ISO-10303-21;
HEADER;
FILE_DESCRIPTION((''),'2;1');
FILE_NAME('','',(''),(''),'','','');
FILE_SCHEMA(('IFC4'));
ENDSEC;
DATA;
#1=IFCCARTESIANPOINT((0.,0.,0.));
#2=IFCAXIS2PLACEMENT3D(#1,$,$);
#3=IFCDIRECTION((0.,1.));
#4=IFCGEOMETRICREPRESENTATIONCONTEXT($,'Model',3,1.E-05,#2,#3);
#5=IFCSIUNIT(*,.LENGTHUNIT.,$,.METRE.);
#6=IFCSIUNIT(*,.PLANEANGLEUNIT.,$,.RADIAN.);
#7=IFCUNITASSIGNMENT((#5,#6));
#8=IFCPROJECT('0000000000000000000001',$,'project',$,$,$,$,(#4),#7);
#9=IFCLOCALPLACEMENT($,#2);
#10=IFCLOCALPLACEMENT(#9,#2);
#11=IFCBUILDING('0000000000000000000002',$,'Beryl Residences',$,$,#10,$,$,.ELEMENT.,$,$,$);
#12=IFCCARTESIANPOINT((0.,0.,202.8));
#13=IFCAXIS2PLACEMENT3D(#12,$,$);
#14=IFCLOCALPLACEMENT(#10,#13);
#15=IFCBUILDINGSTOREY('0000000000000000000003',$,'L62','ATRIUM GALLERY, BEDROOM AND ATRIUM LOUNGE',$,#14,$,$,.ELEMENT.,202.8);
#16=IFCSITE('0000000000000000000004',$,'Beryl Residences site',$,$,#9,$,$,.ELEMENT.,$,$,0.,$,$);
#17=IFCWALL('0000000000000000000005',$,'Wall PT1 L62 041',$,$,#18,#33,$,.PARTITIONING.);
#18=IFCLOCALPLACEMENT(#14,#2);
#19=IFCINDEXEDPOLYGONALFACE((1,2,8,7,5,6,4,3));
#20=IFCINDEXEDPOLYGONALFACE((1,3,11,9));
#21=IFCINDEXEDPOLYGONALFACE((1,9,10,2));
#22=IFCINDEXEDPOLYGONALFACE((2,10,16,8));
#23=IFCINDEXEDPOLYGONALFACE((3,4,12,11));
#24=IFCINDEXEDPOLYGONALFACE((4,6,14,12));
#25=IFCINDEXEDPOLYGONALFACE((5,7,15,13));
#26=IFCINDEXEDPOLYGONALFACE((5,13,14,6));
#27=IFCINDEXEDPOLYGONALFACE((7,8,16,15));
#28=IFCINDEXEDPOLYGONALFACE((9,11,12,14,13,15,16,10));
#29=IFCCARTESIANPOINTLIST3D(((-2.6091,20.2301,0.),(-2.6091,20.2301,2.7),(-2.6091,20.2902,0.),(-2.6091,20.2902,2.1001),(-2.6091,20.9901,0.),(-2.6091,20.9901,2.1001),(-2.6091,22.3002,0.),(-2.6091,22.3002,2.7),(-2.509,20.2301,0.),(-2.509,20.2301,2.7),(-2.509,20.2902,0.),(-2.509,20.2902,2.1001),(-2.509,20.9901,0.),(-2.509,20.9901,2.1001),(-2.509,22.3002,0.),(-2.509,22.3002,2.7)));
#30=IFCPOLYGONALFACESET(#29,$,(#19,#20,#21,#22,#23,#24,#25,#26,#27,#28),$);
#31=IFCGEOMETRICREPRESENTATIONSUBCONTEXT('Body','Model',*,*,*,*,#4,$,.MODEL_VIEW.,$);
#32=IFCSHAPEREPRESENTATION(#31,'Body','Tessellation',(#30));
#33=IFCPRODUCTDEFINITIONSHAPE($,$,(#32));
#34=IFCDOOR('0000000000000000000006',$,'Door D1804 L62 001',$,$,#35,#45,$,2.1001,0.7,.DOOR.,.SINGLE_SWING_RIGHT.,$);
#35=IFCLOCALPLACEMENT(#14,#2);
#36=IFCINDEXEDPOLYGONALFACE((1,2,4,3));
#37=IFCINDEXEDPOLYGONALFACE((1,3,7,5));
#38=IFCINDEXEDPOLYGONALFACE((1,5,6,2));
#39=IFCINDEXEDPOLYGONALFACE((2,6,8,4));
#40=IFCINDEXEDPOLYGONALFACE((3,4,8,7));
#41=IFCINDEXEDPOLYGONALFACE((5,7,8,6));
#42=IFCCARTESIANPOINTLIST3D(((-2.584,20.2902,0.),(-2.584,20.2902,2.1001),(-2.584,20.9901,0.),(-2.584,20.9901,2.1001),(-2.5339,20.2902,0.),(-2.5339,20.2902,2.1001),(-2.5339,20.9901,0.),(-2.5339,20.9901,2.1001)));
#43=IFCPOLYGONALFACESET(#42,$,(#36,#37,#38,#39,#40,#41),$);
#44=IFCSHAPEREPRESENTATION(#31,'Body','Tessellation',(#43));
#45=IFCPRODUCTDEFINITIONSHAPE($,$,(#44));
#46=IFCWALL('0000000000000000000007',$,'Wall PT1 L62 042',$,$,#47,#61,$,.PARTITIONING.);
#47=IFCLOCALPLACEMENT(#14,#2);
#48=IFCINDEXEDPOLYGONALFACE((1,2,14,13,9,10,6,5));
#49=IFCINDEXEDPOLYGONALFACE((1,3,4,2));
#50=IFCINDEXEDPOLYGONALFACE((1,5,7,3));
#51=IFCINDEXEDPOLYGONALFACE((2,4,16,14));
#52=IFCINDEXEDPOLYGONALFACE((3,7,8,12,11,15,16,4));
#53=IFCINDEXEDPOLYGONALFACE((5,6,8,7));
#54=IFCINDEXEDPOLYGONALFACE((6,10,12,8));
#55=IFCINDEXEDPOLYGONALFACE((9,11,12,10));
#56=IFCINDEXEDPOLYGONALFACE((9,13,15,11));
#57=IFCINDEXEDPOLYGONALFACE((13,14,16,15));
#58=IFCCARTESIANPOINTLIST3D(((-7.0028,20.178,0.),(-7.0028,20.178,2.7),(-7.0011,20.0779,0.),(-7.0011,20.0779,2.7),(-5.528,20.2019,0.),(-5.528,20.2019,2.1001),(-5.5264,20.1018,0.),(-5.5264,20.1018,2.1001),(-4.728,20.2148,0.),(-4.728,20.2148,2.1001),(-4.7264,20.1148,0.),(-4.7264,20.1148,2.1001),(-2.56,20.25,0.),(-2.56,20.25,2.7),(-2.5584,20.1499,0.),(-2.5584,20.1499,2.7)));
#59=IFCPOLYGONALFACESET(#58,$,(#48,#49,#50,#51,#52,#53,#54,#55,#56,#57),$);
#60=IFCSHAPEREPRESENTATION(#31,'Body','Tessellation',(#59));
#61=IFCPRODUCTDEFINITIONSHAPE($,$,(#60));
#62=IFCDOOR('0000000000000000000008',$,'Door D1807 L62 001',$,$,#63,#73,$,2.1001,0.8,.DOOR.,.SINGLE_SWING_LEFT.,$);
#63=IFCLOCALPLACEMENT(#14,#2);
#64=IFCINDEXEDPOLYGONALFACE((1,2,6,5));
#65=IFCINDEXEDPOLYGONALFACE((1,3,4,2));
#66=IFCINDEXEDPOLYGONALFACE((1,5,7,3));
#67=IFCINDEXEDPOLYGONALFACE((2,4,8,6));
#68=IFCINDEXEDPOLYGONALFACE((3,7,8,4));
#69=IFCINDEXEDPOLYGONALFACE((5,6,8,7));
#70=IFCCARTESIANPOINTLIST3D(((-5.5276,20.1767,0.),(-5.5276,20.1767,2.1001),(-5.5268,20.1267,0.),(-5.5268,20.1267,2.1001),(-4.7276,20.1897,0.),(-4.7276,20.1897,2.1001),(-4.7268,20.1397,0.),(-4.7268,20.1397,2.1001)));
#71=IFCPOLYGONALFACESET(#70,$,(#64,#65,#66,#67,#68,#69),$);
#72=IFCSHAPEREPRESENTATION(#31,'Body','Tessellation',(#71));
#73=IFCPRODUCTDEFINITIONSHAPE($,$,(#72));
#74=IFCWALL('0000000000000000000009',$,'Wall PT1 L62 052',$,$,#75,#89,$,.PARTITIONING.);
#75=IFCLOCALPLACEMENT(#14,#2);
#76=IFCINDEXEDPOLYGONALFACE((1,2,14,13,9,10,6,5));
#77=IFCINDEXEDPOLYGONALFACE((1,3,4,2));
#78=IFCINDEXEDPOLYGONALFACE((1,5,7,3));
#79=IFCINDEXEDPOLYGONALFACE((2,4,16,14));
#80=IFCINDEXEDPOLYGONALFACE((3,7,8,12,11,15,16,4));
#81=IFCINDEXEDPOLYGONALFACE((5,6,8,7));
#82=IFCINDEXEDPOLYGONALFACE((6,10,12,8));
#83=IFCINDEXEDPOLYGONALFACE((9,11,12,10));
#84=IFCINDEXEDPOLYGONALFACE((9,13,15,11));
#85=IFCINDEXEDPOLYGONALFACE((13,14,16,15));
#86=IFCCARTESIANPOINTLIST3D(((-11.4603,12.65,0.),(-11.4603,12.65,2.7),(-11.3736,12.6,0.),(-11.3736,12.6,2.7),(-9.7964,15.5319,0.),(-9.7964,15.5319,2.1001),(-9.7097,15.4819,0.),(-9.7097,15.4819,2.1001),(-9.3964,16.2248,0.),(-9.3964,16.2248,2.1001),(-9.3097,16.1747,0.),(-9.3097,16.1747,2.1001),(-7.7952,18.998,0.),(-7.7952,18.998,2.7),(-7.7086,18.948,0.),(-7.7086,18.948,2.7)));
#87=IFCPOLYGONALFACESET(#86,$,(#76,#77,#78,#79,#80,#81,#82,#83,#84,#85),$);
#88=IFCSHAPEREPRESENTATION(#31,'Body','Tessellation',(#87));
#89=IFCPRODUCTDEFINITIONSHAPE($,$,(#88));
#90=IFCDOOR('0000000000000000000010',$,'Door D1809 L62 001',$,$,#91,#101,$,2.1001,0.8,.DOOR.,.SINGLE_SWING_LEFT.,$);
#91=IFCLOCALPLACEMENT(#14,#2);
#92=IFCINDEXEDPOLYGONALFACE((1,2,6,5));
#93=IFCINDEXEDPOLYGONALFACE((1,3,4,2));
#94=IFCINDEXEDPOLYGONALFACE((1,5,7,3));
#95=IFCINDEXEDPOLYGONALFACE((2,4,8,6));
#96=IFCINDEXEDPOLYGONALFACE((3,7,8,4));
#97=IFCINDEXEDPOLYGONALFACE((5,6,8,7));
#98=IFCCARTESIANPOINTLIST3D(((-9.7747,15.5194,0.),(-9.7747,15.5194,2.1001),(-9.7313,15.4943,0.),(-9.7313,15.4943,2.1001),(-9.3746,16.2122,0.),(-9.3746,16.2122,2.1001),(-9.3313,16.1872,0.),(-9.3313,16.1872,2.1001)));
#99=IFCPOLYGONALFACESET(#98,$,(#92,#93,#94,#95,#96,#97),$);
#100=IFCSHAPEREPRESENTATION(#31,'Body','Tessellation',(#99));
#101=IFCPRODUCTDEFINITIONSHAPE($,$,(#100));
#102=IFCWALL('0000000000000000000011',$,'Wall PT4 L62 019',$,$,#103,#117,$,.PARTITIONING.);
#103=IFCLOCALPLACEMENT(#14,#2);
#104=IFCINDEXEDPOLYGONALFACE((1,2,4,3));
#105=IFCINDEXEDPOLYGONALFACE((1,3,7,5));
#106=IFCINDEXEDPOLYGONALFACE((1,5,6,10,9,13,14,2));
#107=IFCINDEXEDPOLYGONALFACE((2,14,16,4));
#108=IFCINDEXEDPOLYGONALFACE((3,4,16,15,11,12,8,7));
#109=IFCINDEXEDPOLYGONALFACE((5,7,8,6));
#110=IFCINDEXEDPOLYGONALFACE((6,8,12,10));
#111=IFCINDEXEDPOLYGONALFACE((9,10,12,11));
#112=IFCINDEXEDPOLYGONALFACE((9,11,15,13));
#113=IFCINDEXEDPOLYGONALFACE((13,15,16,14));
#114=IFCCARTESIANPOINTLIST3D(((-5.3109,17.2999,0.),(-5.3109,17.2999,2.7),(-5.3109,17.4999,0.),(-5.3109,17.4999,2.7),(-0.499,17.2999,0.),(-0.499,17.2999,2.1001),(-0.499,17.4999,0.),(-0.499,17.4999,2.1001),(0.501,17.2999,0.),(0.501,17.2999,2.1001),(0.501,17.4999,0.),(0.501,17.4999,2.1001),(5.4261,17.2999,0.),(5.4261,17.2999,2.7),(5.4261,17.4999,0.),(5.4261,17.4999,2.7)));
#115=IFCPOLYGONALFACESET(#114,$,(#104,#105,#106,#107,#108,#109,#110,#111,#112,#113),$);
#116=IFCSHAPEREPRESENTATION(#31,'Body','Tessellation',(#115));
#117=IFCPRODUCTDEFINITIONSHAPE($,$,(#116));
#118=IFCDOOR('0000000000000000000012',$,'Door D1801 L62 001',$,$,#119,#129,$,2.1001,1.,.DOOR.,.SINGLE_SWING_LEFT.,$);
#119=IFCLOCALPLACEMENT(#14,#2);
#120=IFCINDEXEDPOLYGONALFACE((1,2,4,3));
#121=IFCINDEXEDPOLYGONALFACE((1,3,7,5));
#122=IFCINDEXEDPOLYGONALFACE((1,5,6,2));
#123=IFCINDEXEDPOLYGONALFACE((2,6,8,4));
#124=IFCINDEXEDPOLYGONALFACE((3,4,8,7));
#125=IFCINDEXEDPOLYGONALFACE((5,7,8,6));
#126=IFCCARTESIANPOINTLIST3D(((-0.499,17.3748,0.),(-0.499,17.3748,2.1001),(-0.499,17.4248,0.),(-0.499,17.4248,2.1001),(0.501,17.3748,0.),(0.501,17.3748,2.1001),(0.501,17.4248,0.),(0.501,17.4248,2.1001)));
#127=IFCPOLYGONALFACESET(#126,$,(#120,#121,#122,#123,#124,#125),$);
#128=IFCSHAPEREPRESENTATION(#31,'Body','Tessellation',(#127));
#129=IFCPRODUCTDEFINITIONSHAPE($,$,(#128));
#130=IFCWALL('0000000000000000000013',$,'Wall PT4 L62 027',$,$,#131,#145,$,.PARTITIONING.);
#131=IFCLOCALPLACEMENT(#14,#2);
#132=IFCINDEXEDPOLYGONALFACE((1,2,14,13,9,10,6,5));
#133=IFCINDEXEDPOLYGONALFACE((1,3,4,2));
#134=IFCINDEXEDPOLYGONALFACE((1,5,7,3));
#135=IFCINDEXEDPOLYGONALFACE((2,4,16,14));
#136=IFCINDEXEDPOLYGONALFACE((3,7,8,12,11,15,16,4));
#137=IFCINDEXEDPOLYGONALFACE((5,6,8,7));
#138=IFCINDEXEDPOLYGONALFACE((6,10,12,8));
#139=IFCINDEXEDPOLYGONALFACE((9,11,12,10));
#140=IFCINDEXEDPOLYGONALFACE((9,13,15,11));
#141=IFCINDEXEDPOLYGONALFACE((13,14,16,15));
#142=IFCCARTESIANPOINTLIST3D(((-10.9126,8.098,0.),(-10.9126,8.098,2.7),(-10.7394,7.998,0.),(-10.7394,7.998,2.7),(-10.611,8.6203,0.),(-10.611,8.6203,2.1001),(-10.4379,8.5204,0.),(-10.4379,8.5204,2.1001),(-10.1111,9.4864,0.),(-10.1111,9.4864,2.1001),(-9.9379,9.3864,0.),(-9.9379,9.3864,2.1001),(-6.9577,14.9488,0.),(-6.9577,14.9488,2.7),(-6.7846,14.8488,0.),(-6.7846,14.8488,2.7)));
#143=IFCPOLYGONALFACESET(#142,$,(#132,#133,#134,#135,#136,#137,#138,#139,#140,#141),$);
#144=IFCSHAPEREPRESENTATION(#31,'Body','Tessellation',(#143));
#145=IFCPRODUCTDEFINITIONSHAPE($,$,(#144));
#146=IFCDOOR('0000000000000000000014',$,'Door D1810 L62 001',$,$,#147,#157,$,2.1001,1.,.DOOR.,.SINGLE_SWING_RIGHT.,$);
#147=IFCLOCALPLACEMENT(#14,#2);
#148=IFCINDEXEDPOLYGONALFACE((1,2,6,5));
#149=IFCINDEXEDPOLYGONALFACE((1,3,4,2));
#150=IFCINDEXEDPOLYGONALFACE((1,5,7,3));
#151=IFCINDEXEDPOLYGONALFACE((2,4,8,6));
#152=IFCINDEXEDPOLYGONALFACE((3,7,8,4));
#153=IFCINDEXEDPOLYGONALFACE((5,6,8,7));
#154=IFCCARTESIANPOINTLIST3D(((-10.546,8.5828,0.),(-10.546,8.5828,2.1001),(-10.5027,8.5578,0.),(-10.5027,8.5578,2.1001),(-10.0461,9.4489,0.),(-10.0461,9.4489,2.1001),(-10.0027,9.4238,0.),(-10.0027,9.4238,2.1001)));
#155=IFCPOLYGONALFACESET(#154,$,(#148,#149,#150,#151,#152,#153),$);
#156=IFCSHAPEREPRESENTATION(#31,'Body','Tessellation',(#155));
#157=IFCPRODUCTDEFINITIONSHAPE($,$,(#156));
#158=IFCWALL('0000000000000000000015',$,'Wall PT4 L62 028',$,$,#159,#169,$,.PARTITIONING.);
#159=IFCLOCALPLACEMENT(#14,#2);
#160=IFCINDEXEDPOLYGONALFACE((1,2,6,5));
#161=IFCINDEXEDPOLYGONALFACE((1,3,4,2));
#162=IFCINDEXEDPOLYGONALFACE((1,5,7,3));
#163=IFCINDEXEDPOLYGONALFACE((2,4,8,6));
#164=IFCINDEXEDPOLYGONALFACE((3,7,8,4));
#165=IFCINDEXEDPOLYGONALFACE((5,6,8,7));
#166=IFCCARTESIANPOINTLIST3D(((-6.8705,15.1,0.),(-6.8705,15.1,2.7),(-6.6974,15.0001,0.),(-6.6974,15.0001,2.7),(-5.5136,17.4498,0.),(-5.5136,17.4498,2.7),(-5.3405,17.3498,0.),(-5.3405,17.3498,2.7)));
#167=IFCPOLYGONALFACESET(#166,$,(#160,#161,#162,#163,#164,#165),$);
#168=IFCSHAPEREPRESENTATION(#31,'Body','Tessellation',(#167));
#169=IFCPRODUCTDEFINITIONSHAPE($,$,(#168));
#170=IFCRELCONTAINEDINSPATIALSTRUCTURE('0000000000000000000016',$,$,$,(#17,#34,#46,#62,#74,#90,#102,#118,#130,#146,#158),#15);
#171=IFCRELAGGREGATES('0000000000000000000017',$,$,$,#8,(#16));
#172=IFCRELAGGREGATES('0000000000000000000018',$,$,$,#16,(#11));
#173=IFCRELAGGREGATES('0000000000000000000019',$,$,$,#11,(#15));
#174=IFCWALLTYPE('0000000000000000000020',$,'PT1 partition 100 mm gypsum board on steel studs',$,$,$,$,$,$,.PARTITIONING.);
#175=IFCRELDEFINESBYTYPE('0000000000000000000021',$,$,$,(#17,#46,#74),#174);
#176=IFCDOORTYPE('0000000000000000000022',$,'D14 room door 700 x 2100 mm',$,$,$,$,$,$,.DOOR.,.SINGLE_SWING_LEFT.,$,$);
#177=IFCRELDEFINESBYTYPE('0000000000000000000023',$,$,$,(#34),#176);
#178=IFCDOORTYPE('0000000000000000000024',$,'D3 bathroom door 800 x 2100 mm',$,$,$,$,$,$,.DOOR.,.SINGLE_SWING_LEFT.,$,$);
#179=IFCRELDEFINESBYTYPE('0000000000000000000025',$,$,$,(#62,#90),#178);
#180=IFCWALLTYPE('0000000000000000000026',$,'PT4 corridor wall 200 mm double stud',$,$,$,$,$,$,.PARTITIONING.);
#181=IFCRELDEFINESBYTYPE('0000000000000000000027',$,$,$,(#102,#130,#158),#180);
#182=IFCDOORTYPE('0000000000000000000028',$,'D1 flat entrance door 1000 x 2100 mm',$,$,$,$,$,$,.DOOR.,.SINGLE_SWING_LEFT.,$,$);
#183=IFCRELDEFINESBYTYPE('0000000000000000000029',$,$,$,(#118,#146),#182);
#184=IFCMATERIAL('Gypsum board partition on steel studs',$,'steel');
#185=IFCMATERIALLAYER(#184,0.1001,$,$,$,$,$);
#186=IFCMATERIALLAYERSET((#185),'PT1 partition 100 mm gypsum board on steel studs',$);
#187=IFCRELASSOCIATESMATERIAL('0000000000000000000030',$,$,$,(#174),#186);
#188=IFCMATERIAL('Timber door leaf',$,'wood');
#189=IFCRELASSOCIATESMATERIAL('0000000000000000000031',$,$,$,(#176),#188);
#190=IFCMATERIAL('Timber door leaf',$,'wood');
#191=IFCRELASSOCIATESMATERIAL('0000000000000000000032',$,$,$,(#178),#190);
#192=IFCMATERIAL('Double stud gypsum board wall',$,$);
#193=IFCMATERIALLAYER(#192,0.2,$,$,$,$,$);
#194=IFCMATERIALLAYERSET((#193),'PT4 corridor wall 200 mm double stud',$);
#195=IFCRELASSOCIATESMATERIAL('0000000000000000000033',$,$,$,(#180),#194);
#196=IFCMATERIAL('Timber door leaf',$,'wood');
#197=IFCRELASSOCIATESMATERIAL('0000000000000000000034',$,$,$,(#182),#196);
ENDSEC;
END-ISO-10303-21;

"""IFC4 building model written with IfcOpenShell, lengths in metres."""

from ifc_helpers import new_model, si_unit, direction, frame, frame_2d, origin, place, context, subcontext, project, spatial, rectangle, extrude, material, layer, layer_set, type_object, element, fill, save


model = new_model("IFC4")

# Units and contexts
model_context = context("Model", 3, precision=1e-05, world=origin(), true_north=direction((0.0, 1.0)))
body_context = subcontext(model_context, "Body", "Model", "MODEL_VIEW")
ifc_project = project(units=[si_unit("LENGTHUNIT", "METRE"), si_unit("PLANEANGLEUNIT", "RADIAN")], contexts=[model_context])

# Site, building, storey
site_placement = place(None, origin())
site = spatial("IfcSite", under=ifc_project, at=site_placement, Name="Beryl Residences site", CompositionType="ELEMENT", RefElevation=0.0)
building_placement = place(site_placement, origin())
building = spatial("IfcBuilding", under=site, at=building_placement, Name="Beryl Residences", CompositionType="ELEMENT")
storey_placement = place(building_placement, frame((0.0, 0.0, 202.8)))
storey = spatial("IfcBuildingStorey", under=building, at=storey_placement, Name="L62", Description="ATRIUM GALLERY, BEDROOM AND ATRIUM LOUNGE", CompositionType="ELEMENT", Elevation=202.8)

# Shared definitions
ifc_material_1 = material(Name="Gypsum board partition on steel studs", Category="steel")
ifc_layer_1 = layer(ifc_material_1, 0.1001)
ifc_layer_set_1 = layer_set([ifc_layer_1], Name="PT1 partition 100 mm gypsum board on steel studs")
wall_type_1 = type_object("IfcWallType", Name="PT1 partition 100 mm gypsum board on steel studs", PredefinedType="PARTITIONING", material=ifc_layer_set_1)

# Walls, openings, doors
wall_1_placement = place(storey_placement, frame((-2.5591, 20.23, 0.0), z_axis=(0.0, 0.0, 1.0), x_axis=(0.0, 1.0, 0.0)))
wall_1 = element("IfcWall", 1, at=wall_1_placement, inside=storey, type_object=wall_type_1, Name="Wall PT1 L62 041", PredefinedType="PARTITIONING", context=body_context, shape_type="SweptSolid", body=[
    extrude(rectangle(XDim=2.0701, YDim=0.1001, at=frame_2d((1.0352, 0.0))), origin(), (0.0, 0.0, 1.0), 2.7),
])
opening_1_placement = place(wall_1_placement, frame((0.0601, 0.0, 0.0)))
opening_1 = element("IfcOpeningElement", 2, at=opening_1_placement, cuts=wall_1, PredefinedType="OPENING", context=body_context, shape_type="SweptSolid", body=[
    extrude(rectangle(XDim=0.7, YDim=2.1001, at=frame_2d((0.3501, 1.05))), frame((0.0, 0.0601, 0.0), z_axis=(0.0, -1.0, 0.0), x_axis=(1.0, 0.0, 0.0)), (0.0, 0.0, 1.0), 0.1201),
])
ifc_material_2 = material(Name="Timber door leaf", Category="wood")
door_type_1 = type_object("IfcDoorType", Name="D14 room door 700 x 2100 mm", OperationType="SINGLE_SWING_LEFT", PredefinedType="DOOR", material=ifc_material_2)
door_1_placement = place(opening_1_placement, origin())
door_1 = element("IfcDoor", 3, at=door_1_placement, inside=storey, type_object=door_type_1, Name="Door D1804 L62 001", OperationType="SINGLE_SWING_RIGHT", OverallHeight=2.1001, OverallWidth=0.7, PredefinedType="DOOR", context=body_context, shape_type="SweptSolid", body=[
    extrude(rectangle(XDim=0.7, YDim=2.1001, at=frame_2d((0.3501, 1.05))), frame((0.0, 0.0249, 0.0), z_axis=(0.0, -1.0, 0.0), x_axis=(1.0, 0.0, 0.0)), (0.0, 0.0, 1.0), 0.05),
])
fill(opening_1, door_1)
wall_2_placement = place(storey_placement, frame((-7.002, 20.1279, 0.0), z_axis=(0.0, 0.0, 1.0), x_axis=(0.999869, 0.016208, 0.0)))
wall_2 = element("IfcWall", 4, at=wall_2_placement, inside=storey, type_object=wall_type_1, Name="Wall PT1 L62 042", PredefinedType="PARTITIONING", context=body_context, shape_type="SweptSolid", body=[
    extrude(rectangle(XDim=4.4434, YDim=0.1001, at=frame_2d((2.2217, 0.0))), origin(), (0.0, 0.0, 1.0), 2.7),
])
opening_2_placement = place(wall_2_placement, frame((1.4751, 0.0, 0.0)))
opening_2 = element("IfcOpeningElement", 5, at=opening_2_placement, cuts=wall_2, PredefinedType="OPENING", context=body_context, shape_type="SweptSolid", body=[
    extrude(rectangle(XDim=0.8, YDim=2.1001, at=frame_2d((0.3999, 1.05))), frame((0.0, 0.0601, 0.0), z_axis=(0.0, -1.0, 0.0), x_axis=(1.0, 0.0, 0.0)), (0.0, 0.0, 1.0), 0.1201),
])
ifc_material_3 = material(Name="Timber door leaf", Category="wood")
door_type_2 = type_object("IfcDoorType", Name="D3 bathroom door 800 x 2100 mm", OperationType="SINGLE_SWING_LEFT", PredefinedType="DOOR", material=ifc_material_3)
door_2_placement = place(opening_2_placement, origin())
door_2 = element("IfcDoor", 6, at=door_2_placement, inside=storey, type_object=door_type_2, Name="Door D1807 L62 001", OperationType="SINGLE_SWING_LEFT", OverallHeight=2.1001, OverallWidth=0.8, PredefinedType="DOOR", context=body_context, shape_type="SweptSolid", body=[
    extrude(rectangle(XDim=0.8, YDim=2.1001, at=frame_2d((0.3999, 1.05))), frame((0.0, 0.0249, 0.0), z_axis=(0.0, -1.0, 0.0), x_axis=(1.0, 0.0, 0.0)), (0.0, 0.0, 1.0), 0.05),
])
fill(opening_2, door_2)
wall_3_placement = place(storey_placement, frame((-11.417, 12.625, 0.0), z_axis=(0.0, 0.0, 1.0), x_axis=(0.500008, 0.866021, 0.0)))
wall_3 = element("IfcWall", 7, at=wall_3_placement, inside=storey, type_object=wall_type_1, Name="Wall PT1 L62 052", PredefinedType="PARTITIONING", context=body_context, shape_type="SweptSolid", body=[
    extrude(rectangle(XDim=7.3301, YDim=0.1001, at=frame_2d((3.665, 0.0))), origin(), (0.0, 0.0, 1.0), 2.7),
])
opening_3_placement = place(wall_3_placement, frame((3.3279, 0.0, 0.0)))
opening_3 = element("IfcOpeningElement", 8, at=opening_3_placement, cuts=wall_3, PredefinedType="OPENING", context=body_context, shape_type="SweptSolid", body=[
    extrude(rectangle(XDim=0.8, YDim=2.1001, at=frame_2d((0.3999, 1.05))), frame((0.0, 0.0601, 0.0), z_axis=(0.0, -1.0, 0.0), x_axis=(1.0, 0.0, 0.0)), (0.0, 0.0, 1.0), 0.1201),
])
door_3_placement = place(opening_3_placement, origin())
door_3 = element("IfcDoor", 9, at=door_3_placement, inside=storey, type_object=door_type_2, Name="Door D1809 L62 001", OperationType="SINGLE_SWING_LEFT", OverallHeight=2.1001, OverallWidth=0.8, PredefinedType="DOOR", context=body_context, shape_type="SweptSolid", body=[
    extrude(rectangle(XDim=0.8, YDim=2.1001, at=frame_2d((0.3999, 1.05))), frame((0.0, 0.0249, 0.0), z_axis=(0.0, -1.0, 0.0), x_axis=(1.0, 0.0, 0.0)), (0.0, 0.0, 1.0), 0.05),
])
fill(opening_3, door_3)
ifc_material_4 = material(Name="Double stud gypsum board wall")
ifc_layer_2 = layer(ifc_material_4, 0.2)
ifc_layer_set_2 = layer_set([ifc_layer_2], Name="PT4 corridor wall 200 mm double stud")
wall_type_2 = type_object("IfcWallType", Name="PT4 corridor wall 200 mm double stud", PredefinedType="PARTITIONING", material=ifc_layer_set_2)
wall_4_placement = place(storey_placement, frame((-5.311, 17.3999, 0.0), z_axis=(0.0, 0.0, 1.0), x_axis=(1.0, 0.0, 0.0)))
wall_4 = element("IfcWall", 10, at=wall_4_placement, inside=storey, type_object=wall_type_2, Name="Wall PT4 L62 019", PredefinedType="PARTITIONING", context=body_context, shape_type="SweptSolid", body=[
    extrude(rectangle(XDim=10.7371, YDim=0.2, at=frame_2d((5.3687, 0.0))), origin(), (0.0, 0.0, 1.0), 2.7),
])
opening_4_placement = place(wall_4_placement, frame((4.812, 0.0, 0.0)))
opening_4 = element("IfcOpeningElement", 11, at=opening_4_placement, cuts=wall_4, PredefinedType="OPENING", context=body_context, shape_type="SweptSolid", body=[
    extrude(rectangle(XDim=1.0, YDim=2.1001, at=frame_2d((0.5, 1.05))), frame((0.0, 0.1099, 0.0), z_axis=(0.0, -1.0, 0.0), x_axis=(1.0, 0.0, 0.0)), (0.0, 0.0, 1.0), 0.22),
])
ifc_material_5 = material(Name="Timber door leaf", Category="wood")
door_type_3 = type_object("IfcDoorType", Name="D1 flat entrance door 1000 x 2100 mm", OperationType="SINGLE_SWING_LEFT", PredefinedType="DOOR", material=ifc_material_5)
door_4_placement = place(opening_4_placement, origin())
door_4 = element("IfcDoor", 12, at=door_4_placement, inside=storey, type_object=door_type_3, Name="Door D1801 L62 001", OperationType="SINGLE_SWING_LEFT", OverallHeight=2.1001, OverallWidth=1.0, PredefinedType="DOOR", context=body_context, shape_type="SweptSolid", body=[
    extrude(rectangle(XDim=1.0, YDim=2.1001, at=frame_2d((0.5, 1.05))), frame((0.0, 0.0249, 0.0), z_axis=(0.0, -1.0, 0.0), x_axis=(1.0, 0.0, 0.0)), (0.0, 0.0, 1.0), 0.05),
])
fill(opening_4, door_4)
wall_5_placement = place(storey_placement, frame((-10.8259, 8.0481, 0.0), z_axis=(0.0, 0.0, 1.0), x_axis=(0.499953, 0.866052, 0.0)))
wall_5 = element("IfcWall", 13, at=wall_5_placement, inside=storey, type_object=wall_type_2, Name="Wall PT4 L62 027", PredefinedType="PARTITIONING", context=body_context, shape_type="SweptSolid", body=[
    extrude(rectangle(XDim=7.9104, YDim=0.2, at=frame_2d((3.9551, 0.0))), origin(), (0.0, 0.0, 1.0), 2.7),
])
opening_5_placement = place(wall_5_placement, frame((0.603, 0.0, 0.0)))
opening_5 = element("IfcOpeningElement", 14, at=opening_5_placement, cuts=wall_5, PredefinedType="OPENING", context=body_context, shape_type="SweptSolid", body=[
    extrude(rectangle(XDim=1.0, YDim=2.1001, at=frame_2d((0.5, 1.05))), frame((0.0, 0.1099, 0.0), z_axis=(0.0, -1.0, 0.0), x_axis=(1.0, 0.0, 0.0)), (0.0, 0.0, 1.0), 0.22),
])
door_5_placement = place(opening_5_placement, origin())
door_5 = element("IfcDoor", 15, at=door_5_placement, inside=storey, type_object=door_type_3, Name="Door D1810 L62 001", OperationType="SINGLE_SWING_RIGHT", OverallHeight=2.1001, OverallWidth=1.0, PredefinedType="DOOR", context=body_context, shape_type="SweptSolid", body=[
    extrude(rectangle(XDim=1.0, YDim=2.1001, at=frame_2d((0.5, 1.05))), frame((0.0, 0.0249, 0.0), z_axis=(0.0, -1.0, 0.0), x_axis=(1.0, 0.0, 0.0)), (0.0, 0.0, 1.0), 0.05),
])
fill(opening_5, door_5)

# Wall
wall_6_placement = place(storey_placement, frame((-6.7839, 15.05, 0.0), z_axis=(0.0, 0.0, 1.0), x_axis=(0.500068, 0.865986, 0.0)))
element("IfcWall", 16, at=wall_6_placement, inside=storey, type_object=wall_type_2, Name="Wall PT4 L62 028", PredefinedType="PARTITIONING", context=body_context, shape_type="SweptSolid", body=[
    extrude(rectangle(XDim=2.7134, YDim=0.2, at=frame_2d((1.3567, 0.0))), origin(), (0.0, 0.0, 1.0), 2.7),
])

save(model, "model.ifc")
